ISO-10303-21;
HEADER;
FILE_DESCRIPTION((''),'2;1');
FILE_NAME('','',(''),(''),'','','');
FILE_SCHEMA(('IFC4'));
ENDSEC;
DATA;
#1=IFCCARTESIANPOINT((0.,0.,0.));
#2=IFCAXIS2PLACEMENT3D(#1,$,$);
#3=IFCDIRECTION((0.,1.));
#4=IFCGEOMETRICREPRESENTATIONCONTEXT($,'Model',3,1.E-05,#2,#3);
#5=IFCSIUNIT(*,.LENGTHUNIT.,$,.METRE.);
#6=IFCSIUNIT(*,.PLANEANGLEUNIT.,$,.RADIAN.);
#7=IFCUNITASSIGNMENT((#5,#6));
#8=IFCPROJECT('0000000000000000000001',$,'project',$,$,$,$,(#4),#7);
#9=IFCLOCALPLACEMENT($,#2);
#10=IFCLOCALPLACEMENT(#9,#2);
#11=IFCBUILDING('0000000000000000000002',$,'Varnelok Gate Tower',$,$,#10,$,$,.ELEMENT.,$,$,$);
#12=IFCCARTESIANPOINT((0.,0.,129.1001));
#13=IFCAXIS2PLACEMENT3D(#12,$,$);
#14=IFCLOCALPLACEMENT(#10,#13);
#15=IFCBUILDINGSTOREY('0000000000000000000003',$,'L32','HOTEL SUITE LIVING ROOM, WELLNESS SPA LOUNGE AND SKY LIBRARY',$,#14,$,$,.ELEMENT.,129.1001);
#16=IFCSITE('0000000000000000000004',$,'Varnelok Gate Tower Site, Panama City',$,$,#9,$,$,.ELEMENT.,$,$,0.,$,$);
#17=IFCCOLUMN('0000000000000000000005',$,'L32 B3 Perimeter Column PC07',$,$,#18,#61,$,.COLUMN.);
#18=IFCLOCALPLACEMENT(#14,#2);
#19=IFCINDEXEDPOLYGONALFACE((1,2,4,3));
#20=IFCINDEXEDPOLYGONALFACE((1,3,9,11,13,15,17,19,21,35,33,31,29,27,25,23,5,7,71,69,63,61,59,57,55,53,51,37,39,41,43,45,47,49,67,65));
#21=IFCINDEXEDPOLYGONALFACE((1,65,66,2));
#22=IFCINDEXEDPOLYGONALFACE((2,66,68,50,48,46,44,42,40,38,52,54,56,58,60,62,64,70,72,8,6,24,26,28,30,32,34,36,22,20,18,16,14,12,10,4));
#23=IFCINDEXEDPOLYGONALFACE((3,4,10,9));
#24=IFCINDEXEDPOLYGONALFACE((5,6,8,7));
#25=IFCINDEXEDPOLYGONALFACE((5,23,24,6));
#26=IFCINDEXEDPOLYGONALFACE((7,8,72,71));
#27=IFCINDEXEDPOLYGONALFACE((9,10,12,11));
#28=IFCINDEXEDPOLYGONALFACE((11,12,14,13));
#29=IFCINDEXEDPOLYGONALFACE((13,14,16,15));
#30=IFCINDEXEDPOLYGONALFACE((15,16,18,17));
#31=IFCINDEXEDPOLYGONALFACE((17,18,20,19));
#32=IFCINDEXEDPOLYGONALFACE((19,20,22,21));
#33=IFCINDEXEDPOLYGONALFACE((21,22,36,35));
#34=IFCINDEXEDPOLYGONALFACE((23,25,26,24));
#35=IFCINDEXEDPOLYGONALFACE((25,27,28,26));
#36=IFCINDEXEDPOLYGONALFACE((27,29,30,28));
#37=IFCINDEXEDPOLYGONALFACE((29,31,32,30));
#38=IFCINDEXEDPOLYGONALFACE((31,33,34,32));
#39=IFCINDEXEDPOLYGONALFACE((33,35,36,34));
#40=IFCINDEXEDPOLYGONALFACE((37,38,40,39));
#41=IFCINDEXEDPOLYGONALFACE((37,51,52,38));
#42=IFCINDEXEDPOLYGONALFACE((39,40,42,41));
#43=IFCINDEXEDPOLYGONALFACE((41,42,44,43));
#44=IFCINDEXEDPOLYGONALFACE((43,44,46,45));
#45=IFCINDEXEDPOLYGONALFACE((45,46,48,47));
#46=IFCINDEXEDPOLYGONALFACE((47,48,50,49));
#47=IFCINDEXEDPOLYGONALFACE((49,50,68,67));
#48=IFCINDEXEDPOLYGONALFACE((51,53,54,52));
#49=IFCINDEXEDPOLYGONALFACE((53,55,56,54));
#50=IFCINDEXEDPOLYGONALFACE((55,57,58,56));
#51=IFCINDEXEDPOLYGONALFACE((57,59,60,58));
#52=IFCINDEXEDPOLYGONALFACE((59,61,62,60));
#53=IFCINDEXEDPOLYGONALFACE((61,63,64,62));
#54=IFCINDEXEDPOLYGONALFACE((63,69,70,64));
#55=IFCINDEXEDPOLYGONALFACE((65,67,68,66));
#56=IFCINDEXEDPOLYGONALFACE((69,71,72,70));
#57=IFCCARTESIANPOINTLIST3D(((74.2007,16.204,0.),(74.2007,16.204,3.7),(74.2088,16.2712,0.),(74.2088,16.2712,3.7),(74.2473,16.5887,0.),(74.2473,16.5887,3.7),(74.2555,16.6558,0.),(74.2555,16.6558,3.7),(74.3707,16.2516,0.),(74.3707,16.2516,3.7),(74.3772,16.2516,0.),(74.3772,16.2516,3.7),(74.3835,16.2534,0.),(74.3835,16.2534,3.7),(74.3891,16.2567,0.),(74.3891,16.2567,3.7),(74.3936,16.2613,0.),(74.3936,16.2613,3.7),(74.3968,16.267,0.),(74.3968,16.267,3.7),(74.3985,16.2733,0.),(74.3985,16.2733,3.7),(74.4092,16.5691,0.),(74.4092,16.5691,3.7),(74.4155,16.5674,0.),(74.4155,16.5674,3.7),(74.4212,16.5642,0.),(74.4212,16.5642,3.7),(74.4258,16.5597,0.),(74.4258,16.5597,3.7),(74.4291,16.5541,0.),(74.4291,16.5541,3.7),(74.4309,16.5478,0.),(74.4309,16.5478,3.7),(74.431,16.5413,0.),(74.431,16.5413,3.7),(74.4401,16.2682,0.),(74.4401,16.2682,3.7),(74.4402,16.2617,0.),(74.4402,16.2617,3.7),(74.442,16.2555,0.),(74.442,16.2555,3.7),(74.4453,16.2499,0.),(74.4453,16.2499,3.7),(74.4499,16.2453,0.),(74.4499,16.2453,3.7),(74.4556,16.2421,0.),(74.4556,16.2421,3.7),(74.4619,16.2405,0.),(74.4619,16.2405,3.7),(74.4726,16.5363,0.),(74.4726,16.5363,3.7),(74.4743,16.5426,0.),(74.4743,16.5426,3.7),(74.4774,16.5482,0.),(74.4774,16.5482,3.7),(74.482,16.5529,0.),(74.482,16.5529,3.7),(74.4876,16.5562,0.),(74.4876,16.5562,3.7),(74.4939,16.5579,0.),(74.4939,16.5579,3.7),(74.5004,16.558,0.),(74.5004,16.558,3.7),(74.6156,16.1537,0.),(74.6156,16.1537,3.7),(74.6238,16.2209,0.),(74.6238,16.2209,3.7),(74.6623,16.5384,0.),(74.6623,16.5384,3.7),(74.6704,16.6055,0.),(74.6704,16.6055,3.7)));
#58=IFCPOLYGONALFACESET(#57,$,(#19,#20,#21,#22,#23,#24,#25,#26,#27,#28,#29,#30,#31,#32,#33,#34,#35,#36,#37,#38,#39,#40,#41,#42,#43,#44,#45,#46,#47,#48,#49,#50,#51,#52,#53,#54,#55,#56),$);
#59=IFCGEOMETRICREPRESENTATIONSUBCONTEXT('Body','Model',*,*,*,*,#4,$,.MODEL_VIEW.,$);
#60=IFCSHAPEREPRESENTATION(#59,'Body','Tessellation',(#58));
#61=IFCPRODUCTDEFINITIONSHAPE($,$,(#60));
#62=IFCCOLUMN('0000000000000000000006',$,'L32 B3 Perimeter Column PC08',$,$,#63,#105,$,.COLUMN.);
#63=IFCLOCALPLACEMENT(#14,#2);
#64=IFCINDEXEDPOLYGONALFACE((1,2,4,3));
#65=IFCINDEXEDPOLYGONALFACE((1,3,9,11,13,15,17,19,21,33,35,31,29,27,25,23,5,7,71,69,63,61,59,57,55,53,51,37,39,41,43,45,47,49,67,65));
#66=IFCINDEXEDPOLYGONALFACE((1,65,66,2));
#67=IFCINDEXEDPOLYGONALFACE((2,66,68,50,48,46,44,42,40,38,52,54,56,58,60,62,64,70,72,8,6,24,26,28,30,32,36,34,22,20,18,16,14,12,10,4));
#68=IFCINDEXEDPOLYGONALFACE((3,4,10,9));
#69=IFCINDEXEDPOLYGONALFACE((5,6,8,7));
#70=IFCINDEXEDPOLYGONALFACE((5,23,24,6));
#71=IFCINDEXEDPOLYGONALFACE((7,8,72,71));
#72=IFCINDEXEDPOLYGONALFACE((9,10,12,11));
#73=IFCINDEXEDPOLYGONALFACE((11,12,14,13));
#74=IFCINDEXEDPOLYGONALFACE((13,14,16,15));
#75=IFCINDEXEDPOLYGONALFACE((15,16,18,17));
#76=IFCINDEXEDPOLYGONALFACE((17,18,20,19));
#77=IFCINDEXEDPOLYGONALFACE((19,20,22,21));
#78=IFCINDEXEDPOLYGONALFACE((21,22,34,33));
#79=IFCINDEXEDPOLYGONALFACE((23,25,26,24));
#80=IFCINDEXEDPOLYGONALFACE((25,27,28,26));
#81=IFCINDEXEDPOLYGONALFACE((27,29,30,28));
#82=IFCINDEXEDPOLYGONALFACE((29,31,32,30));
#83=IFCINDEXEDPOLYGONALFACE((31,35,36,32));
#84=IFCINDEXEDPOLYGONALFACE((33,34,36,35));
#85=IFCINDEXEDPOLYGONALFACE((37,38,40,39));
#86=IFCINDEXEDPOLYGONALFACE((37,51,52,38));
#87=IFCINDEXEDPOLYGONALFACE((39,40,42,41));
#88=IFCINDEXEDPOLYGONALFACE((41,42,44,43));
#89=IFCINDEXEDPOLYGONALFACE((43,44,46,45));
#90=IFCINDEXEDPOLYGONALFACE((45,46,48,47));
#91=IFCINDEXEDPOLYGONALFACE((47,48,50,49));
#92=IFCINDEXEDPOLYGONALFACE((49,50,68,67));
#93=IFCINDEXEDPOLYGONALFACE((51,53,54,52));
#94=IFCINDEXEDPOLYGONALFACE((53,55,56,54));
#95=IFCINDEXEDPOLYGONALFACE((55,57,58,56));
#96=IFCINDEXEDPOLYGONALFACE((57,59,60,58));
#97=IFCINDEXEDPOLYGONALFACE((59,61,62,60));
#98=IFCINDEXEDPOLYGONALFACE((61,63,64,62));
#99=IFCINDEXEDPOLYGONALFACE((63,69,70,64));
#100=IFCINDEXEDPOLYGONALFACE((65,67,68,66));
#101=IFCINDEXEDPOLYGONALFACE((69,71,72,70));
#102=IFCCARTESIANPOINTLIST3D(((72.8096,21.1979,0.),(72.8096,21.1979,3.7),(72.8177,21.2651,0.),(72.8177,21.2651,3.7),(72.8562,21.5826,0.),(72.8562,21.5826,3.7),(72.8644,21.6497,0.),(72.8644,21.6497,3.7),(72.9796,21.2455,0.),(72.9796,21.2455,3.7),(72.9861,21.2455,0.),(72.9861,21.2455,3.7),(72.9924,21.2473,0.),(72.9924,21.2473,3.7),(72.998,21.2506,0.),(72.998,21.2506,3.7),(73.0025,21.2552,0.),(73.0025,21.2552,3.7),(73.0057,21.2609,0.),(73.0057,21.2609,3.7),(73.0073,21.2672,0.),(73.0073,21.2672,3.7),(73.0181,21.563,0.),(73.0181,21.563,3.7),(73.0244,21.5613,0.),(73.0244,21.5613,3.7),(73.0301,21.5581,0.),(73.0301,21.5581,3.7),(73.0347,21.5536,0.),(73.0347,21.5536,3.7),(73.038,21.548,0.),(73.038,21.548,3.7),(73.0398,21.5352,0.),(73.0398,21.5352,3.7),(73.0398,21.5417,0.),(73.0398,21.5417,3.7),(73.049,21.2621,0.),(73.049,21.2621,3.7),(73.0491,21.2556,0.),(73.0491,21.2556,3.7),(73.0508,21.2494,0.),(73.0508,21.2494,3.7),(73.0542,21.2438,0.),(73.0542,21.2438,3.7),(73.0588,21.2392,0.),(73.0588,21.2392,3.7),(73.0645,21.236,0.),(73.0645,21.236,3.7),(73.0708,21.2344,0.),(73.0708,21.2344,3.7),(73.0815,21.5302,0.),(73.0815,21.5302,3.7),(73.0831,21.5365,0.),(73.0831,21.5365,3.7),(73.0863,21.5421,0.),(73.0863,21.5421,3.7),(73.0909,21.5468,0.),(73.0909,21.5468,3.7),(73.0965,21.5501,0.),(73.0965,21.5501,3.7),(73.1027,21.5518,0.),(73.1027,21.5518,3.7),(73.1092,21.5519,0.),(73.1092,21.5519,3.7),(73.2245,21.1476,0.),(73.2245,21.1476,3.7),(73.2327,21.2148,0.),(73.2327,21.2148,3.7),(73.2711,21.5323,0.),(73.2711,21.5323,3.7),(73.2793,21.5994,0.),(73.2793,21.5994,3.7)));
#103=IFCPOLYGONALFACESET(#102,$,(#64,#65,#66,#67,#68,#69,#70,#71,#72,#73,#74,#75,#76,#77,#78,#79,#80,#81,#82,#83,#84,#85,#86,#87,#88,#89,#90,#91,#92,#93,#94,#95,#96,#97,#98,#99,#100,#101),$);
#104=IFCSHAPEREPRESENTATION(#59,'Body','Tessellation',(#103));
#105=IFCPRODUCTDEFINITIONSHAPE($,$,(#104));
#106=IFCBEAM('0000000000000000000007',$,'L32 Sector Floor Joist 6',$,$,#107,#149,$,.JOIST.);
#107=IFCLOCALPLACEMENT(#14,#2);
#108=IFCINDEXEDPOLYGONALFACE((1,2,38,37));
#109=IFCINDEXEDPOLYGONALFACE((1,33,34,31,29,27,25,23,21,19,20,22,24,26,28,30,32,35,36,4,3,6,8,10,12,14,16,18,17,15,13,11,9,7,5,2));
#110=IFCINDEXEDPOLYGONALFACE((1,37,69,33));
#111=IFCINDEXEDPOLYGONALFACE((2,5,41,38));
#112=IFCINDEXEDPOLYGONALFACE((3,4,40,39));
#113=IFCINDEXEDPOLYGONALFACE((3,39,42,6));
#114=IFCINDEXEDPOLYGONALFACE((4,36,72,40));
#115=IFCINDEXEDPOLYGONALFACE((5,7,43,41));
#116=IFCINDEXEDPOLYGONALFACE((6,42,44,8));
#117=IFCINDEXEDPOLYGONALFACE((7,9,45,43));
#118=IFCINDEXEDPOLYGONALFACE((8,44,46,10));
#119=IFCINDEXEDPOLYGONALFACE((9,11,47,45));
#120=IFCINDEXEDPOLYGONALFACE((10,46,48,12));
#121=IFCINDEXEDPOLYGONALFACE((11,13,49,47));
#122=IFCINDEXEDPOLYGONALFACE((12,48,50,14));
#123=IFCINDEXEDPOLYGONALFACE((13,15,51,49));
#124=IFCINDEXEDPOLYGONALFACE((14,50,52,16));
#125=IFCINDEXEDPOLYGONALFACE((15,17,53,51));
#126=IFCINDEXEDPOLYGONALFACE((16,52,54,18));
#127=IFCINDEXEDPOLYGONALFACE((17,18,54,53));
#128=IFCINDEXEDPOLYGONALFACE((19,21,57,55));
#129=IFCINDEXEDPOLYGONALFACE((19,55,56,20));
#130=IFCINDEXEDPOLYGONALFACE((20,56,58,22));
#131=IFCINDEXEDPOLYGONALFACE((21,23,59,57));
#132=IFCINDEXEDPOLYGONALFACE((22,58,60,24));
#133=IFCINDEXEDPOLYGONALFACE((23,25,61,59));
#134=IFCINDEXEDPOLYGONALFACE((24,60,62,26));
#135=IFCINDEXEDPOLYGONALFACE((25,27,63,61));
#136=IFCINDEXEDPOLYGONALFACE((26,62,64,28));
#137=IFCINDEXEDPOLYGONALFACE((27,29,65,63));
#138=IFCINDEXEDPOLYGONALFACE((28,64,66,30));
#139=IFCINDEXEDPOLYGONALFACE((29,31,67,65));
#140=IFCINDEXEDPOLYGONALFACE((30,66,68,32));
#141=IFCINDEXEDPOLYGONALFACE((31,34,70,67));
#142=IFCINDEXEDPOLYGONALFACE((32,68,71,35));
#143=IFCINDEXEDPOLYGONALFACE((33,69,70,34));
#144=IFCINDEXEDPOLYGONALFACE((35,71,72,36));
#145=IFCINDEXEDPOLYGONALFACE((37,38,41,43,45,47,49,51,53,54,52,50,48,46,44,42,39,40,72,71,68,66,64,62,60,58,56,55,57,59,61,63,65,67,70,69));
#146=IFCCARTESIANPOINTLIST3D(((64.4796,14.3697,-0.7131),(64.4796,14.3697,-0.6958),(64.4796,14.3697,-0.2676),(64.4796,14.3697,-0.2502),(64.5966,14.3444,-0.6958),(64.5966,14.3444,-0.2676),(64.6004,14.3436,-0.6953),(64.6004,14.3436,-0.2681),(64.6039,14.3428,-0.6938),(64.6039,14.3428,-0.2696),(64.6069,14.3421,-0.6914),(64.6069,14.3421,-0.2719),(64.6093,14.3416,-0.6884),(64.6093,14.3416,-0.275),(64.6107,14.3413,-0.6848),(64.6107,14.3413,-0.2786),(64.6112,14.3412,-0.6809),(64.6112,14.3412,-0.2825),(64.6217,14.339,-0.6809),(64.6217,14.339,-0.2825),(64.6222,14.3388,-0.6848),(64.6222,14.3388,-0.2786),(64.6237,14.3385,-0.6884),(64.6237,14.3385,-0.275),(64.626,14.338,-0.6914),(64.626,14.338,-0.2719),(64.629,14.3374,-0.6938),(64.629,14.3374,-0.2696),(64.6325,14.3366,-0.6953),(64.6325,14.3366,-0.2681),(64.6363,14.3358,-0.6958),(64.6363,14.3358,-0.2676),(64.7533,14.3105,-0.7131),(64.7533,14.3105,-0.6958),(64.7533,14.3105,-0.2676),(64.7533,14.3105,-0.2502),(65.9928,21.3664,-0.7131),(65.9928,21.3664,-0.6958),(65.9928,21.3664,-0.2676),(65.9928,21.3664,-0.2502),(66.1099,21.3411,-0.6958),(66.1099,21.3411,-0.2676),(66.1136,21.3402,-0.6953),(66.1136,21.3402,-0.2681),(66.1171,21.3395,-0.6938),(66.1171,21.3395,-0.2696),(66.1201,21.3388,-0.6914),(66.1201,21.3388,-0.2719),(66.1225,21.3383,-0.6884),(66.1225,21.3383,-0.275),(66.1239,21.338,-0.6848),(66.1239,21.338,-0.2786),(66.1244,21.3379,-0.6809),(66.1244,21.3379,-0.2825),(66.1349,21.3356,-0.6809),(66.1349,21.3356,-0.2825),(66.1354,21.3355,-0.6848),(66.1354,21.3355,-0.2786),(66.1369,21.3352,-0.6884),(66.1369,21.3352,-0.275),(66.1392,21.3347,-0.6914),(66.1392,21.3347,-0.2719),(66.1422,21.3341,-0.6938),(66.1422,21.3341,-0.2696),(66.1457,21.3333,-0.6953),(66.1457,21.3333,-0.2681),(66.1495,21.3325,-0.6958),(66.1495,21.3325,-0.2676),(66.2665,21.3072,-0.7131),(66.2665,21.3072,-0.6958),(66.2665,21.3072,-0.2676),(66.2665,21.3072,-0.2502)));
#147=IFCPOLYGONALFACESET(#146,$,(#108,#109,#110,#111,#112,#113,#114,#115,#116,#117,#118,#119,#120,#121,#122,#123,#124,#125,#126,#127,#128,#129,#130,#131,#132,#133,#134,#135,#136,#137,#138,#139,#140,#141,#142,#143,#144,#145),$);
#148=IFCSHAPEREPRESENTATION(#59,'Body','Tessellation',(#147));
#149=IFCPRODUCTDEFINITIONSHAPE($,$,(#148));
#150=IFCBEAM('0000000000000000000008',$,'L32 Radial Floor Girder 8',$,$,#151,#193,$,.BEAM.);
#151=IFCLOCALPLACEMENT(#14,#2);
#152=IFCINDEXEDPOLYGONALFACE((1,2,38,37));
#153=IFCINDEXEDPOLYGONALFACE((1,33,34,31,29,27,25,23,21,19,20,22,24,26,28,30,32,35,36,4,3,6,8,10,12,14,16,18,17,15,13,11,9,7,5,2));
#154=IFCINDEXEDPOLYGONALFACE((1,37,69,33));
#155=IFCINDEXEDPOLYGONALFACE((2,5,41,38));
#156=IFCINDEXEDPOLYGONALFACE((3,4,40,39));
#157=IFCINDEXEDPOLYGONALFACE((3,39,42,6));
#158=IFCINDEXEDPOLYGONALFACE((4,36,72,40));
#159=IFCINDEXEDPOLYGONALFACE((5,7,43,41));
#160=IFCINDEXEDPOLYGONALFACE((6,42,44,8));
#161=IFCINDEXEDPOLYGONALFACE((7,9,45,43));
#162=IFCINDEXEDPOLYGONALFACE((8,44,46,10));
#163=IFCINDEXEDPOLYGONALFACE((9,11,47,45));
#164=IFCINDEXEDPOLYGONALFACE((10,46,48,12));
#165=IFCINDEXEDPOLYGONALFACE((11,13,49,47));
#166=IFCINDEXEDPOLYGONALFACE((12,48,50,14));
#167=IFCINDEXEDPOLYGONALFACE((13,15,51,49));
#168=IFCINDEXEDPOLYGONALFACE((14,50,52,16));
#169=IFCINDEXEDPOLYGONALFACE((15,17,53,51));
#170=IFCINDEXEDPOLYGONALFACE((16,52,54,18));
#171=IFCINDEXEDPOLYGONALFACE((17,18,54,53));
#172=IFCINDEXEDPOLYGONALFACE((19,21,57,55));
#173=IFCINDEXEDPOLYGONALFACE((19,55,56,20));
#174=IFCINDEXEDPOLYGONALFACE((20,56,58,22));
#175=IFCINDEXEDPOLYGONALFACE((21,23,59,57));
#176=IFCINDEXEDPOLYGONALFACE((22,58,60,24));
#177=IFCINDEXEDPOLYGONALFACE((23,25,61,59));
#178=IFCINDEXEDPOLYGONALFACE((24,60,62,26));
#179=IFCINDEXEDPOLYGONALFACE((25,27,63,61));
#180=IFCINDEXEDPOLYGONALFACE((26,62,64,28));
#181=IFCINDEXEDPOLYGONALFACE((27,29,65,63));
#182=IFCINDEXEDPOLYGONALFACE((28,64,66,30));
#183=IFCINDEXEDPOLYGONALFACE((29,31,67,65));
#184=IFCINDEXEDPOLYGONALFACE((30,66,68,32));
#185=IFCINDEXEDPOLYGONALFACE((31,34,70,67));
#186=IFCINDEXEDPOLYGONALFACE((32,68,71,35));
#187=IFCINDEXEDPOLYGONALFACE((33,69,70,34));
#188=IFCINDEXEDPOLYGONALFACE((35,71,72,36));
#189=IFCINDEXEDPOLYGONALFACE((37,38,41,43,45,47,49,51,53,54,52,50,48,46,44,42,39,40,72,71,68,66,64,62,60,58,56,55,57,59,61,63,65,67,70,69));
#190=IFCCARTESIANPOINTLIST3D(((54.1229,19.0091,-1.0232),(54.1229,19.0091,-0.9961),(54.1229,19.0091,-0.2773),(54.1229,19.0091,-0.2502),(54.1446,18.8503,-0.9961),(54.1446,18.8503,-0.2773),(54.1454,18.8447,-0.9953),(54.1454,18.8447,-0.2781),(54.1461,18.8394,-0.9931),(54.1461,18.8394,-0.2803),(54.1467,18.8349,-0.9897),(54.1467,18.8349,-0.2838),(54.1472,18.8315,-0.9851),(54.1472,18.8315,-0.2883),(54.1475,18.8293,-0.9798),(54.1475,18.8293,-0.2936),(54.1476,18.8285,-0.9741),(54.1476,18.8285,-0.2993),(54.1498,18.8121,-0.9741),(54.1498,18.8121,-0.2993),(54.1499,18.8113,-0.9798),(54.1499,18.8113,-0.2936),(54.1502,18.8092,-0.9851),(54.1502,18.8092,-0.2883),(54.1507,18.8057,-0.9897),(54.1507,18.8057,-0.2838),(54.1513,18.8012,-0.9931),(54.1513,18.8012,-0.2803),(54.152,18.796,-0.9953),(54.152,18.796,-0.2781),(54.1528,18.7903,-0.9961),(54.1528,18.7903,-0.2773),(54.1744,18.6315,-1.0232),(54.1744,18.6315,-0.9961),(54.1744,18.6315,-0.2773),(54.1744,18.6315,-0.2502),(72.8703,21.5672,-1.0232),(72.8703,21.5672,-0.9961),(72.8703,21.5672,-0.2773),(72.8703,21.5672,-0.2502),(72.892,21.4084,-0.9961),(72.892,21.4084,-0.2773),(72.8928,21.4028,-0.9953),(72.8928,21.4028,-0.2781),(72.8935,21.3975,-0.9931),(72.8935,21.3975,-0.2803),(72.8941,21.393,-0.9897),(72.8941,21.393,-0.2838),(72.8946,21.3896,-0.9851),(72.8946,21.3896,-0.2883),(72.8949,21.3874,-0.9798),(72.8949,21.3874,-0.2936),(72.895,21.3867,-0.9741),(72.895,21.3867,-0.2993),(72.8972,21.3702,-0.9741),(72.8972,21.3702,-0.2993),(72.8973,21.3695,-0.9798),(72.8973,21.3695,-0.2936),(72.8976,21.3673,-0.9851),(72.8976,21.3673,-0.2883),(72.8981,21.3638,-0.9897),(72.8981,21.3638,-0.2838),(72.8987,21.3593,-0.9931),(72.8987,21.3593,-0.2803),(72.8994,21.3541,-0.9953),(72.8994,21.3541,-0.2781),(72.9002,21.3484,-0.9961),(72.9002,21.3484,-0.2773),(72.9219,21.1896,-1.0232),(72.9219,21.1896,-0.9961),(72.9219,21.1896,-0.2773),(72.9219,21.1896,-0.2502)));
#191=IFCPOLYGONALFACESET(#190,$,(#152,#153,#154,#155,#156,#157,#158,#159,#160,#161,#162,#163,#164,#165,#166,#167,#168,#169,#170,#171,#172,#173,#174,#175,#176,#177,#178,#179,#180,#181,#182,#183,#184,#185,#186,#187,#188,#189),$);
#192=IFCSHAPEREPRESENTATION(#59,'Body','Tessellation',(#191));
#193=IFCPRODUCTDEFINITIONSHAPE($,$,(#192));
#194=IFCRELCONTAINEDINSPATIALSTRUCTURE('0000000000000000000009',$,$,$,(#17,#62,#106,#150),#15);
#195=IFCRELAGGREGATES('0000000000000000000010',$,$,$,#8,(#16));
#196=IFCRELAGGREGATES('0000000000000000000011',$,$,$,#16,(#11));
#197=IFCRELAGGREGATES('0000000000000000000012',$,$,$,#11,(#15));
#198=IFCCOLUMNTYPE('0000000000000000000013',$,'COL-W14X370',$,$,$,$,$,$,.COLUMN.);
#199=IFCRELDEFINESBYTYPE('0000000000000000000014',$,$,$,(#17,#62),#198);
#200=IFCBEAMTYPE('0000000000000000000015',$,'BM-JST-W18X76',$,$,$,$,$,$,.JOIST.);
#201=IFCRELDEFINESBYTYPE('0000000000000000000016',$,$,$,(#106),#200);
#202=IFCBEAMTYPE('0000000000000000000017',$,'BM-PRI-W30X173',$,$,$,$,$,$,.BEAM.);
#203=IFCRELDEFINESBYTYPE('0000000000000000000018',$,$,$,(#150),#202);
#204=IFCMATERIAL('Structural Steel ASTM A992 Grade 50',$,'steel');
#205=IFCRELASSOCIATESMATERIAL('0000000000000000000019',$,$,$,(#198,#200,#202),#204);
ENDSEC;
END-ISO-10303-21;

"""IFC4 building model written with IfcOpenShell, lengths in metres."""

from ifc_helpers import new_model, si_unit, direction, frame, origin, origin_2d, place, context, subcontext, project, spatial, i_section, extrude, material, material_profile, profile_set, type_object, element, save


model = new_model("IFC4")

# Units and contexts
model_context = context("Model", 3, precision=1e-05, world=origin(), true_north=direction((0.0, 1.0)))
body_context = subcontext(model_context, "Body", "Model", "MODEL_VIEW")
ifc_project = project(units=[si_unit("LENGTHUNIT", "METRE"), si_unit("PLANEANGLEUNIT", "RADIAN")], contexts=[model_context])

# Site, building, storey
site_placement = place(None, origin())
site = spatial("IfcSite", under=ifc_project, at=site_placement, Name="Varnelok Gate Tower Site, Panama City", CompositionType="ELEMENT", RefElevation=0.0)
building_placement = place(site_placement, origin())
building = spatial("IfcBuilding", under=site, at=building_placement, Name="Varnelok Gate Tower", CompositionType="ELEMENT")
storey_placement = place(building_placement, frame((0.0, 0.0, 129.1001)))
storey = spatial("IfcBuildingStorey", under=building, at=storey_placement, Name="L32", Description="HOTEL SUITE LIVING ROOM, WELLNESS SPA LOUNGE AND SKY LIBRARY", CompositionType="ELEMENT", Elevation=129.1001)

# Columns
ifc_material_1 = material(Name="Structural Steel ASTM A992 Grade 50", Category="steel")
ifc_material_profile_1 = material_profile(ifc_material_1, i_section(OverallWidth=0.418, OverallDepth=0.4551, WebThickness=0.042, FlangeThickness=0.0676, FilletRadius=0.0249, at=origin_2d()), Name="W14X370")
ifc_profile_set_1 = profile_set([ifc_material_profile_1], Name="Structural Steel ASTM A992 Grade 50")
column_type = type_object("IfcColumnType", Name="COL-W14X370", PredefinedType="COLUMN", material=ifc_profile_set_1)
for number, where, z_axis, x_axis, name in (
    (1, (74.4355, 16.4048, 0.0), (0.0, 0.0, 1.0), (0.992732, -0.120345, 0.0), "L32 B3 Perimeter Column PC07"),
    (2, (73.0444, 21.3987, 0.0), (0.0, 0.0, 1.0), (0.992732, -0.120345, 0.0), "L32 B3 Perimeter Column PC08"),
):
    element("IfcColumn", number, at=place(storey_placement, frame(where, z_axis=z_axis, x_axis=x_axis)), inside=storey, type_object=column_type, Name=name, PredefinedType="COLUMN", context=body_context, shape_type="SweptSolid", body=[
        extrude(i_section(OverallWidth=0.418, OverallDepth=0.4551, WebThickness=0.042, FlangeThickness=0.0676, FilletRadius=0.0249, at=origin_2d()), origin(), (0.0, 0.0, 1.0), 3.7),
    ])

# Beams
ifc_material_profile_2 = material_profile(ifc_material_1, i_section(OverallWidth=0.28, OverallDepth=0.4629, WebThickness=0.0107, FlangeThickness=0.0173, FilletRadius=0.0149, at=origin_2d()), Name="W18X76")
ifc_profile_set_2 = profile_set([ifc_material_profile_2], Name="Structural Steel ASTM A992 Grade 50")
beam_type_1 = type_object("IfcBeamType", Name="BM-JST-W18X76", PredefinedType="JOIST", material=ifc_profile_set_2)
beam_1_placement = place(storey_placement, frame((64.6165, 14.3401, -0.4817), z_axis=(0.211387, 0.977402, 0.0), x_axis=(-0.977402, 0.211387, 0.0)))
element("IfcBeam", 3, at=beam_1_placement, inside=storey, type_object=beam_type_1, Name="L32 Sector Floor Joist 6", PredefinedType="JOIST", context=body_context, shape_type="SweptSolid", body=[
    extrude(i_section(OverallWidth=0.28, OverallDepth=0.4629, WebThickness=0.0107, FlangeThickness=0.0173, FilletRadius=0.0149, at=origin_2d()), origin(), (0.0, 0.0, 1.0), 7.1584),
])
ifc_material_profile_3 = material_profile(ifc_material_1, i_section(OverallWidth=0.3811, OverallDepth=0.7729, WebThickness=0.0166, FlangeThickness=0.0271, FilletRadius=0.022, at=origin_2d()), Name="W30X173")
ifc_profile_set_3 = profile_set([ifc_material_profile_3], Name="Structural Steel ASTM A992 Grade 50")
beam_type_2 = type_object("IfcBeamType", Name="BM-PRI-W30X173", PredefinedType="BEAM", material=ifc_profile_set_3)
beam_2_placement = place(storey_placement, frame((54.1487, 18.8203, -0.6367), z_axis=(0.990818, 0.135199, 0.0), x_axis=(-0.135199, 0.990818, 0.0)))
element("IfcBeam", 4, at=beam_2_placement, inside=storey, type_object=beam_type_2, Name="L32 Radial Floor Girder 8", PredefinedType="BEAM", context=body_context, shape_type="SweptSolid", body=[
    extrude(i_section(OverallWidth=0.3811, OverallDepth=0.7729, WebThickness=0.0166, FlangeThickness=0.0271, FilletRadius=0.022, at=origin_2d()), origin(), (0.0, 0.0, 1.0), 18.9211),
])

save(model, "model.ifc")
